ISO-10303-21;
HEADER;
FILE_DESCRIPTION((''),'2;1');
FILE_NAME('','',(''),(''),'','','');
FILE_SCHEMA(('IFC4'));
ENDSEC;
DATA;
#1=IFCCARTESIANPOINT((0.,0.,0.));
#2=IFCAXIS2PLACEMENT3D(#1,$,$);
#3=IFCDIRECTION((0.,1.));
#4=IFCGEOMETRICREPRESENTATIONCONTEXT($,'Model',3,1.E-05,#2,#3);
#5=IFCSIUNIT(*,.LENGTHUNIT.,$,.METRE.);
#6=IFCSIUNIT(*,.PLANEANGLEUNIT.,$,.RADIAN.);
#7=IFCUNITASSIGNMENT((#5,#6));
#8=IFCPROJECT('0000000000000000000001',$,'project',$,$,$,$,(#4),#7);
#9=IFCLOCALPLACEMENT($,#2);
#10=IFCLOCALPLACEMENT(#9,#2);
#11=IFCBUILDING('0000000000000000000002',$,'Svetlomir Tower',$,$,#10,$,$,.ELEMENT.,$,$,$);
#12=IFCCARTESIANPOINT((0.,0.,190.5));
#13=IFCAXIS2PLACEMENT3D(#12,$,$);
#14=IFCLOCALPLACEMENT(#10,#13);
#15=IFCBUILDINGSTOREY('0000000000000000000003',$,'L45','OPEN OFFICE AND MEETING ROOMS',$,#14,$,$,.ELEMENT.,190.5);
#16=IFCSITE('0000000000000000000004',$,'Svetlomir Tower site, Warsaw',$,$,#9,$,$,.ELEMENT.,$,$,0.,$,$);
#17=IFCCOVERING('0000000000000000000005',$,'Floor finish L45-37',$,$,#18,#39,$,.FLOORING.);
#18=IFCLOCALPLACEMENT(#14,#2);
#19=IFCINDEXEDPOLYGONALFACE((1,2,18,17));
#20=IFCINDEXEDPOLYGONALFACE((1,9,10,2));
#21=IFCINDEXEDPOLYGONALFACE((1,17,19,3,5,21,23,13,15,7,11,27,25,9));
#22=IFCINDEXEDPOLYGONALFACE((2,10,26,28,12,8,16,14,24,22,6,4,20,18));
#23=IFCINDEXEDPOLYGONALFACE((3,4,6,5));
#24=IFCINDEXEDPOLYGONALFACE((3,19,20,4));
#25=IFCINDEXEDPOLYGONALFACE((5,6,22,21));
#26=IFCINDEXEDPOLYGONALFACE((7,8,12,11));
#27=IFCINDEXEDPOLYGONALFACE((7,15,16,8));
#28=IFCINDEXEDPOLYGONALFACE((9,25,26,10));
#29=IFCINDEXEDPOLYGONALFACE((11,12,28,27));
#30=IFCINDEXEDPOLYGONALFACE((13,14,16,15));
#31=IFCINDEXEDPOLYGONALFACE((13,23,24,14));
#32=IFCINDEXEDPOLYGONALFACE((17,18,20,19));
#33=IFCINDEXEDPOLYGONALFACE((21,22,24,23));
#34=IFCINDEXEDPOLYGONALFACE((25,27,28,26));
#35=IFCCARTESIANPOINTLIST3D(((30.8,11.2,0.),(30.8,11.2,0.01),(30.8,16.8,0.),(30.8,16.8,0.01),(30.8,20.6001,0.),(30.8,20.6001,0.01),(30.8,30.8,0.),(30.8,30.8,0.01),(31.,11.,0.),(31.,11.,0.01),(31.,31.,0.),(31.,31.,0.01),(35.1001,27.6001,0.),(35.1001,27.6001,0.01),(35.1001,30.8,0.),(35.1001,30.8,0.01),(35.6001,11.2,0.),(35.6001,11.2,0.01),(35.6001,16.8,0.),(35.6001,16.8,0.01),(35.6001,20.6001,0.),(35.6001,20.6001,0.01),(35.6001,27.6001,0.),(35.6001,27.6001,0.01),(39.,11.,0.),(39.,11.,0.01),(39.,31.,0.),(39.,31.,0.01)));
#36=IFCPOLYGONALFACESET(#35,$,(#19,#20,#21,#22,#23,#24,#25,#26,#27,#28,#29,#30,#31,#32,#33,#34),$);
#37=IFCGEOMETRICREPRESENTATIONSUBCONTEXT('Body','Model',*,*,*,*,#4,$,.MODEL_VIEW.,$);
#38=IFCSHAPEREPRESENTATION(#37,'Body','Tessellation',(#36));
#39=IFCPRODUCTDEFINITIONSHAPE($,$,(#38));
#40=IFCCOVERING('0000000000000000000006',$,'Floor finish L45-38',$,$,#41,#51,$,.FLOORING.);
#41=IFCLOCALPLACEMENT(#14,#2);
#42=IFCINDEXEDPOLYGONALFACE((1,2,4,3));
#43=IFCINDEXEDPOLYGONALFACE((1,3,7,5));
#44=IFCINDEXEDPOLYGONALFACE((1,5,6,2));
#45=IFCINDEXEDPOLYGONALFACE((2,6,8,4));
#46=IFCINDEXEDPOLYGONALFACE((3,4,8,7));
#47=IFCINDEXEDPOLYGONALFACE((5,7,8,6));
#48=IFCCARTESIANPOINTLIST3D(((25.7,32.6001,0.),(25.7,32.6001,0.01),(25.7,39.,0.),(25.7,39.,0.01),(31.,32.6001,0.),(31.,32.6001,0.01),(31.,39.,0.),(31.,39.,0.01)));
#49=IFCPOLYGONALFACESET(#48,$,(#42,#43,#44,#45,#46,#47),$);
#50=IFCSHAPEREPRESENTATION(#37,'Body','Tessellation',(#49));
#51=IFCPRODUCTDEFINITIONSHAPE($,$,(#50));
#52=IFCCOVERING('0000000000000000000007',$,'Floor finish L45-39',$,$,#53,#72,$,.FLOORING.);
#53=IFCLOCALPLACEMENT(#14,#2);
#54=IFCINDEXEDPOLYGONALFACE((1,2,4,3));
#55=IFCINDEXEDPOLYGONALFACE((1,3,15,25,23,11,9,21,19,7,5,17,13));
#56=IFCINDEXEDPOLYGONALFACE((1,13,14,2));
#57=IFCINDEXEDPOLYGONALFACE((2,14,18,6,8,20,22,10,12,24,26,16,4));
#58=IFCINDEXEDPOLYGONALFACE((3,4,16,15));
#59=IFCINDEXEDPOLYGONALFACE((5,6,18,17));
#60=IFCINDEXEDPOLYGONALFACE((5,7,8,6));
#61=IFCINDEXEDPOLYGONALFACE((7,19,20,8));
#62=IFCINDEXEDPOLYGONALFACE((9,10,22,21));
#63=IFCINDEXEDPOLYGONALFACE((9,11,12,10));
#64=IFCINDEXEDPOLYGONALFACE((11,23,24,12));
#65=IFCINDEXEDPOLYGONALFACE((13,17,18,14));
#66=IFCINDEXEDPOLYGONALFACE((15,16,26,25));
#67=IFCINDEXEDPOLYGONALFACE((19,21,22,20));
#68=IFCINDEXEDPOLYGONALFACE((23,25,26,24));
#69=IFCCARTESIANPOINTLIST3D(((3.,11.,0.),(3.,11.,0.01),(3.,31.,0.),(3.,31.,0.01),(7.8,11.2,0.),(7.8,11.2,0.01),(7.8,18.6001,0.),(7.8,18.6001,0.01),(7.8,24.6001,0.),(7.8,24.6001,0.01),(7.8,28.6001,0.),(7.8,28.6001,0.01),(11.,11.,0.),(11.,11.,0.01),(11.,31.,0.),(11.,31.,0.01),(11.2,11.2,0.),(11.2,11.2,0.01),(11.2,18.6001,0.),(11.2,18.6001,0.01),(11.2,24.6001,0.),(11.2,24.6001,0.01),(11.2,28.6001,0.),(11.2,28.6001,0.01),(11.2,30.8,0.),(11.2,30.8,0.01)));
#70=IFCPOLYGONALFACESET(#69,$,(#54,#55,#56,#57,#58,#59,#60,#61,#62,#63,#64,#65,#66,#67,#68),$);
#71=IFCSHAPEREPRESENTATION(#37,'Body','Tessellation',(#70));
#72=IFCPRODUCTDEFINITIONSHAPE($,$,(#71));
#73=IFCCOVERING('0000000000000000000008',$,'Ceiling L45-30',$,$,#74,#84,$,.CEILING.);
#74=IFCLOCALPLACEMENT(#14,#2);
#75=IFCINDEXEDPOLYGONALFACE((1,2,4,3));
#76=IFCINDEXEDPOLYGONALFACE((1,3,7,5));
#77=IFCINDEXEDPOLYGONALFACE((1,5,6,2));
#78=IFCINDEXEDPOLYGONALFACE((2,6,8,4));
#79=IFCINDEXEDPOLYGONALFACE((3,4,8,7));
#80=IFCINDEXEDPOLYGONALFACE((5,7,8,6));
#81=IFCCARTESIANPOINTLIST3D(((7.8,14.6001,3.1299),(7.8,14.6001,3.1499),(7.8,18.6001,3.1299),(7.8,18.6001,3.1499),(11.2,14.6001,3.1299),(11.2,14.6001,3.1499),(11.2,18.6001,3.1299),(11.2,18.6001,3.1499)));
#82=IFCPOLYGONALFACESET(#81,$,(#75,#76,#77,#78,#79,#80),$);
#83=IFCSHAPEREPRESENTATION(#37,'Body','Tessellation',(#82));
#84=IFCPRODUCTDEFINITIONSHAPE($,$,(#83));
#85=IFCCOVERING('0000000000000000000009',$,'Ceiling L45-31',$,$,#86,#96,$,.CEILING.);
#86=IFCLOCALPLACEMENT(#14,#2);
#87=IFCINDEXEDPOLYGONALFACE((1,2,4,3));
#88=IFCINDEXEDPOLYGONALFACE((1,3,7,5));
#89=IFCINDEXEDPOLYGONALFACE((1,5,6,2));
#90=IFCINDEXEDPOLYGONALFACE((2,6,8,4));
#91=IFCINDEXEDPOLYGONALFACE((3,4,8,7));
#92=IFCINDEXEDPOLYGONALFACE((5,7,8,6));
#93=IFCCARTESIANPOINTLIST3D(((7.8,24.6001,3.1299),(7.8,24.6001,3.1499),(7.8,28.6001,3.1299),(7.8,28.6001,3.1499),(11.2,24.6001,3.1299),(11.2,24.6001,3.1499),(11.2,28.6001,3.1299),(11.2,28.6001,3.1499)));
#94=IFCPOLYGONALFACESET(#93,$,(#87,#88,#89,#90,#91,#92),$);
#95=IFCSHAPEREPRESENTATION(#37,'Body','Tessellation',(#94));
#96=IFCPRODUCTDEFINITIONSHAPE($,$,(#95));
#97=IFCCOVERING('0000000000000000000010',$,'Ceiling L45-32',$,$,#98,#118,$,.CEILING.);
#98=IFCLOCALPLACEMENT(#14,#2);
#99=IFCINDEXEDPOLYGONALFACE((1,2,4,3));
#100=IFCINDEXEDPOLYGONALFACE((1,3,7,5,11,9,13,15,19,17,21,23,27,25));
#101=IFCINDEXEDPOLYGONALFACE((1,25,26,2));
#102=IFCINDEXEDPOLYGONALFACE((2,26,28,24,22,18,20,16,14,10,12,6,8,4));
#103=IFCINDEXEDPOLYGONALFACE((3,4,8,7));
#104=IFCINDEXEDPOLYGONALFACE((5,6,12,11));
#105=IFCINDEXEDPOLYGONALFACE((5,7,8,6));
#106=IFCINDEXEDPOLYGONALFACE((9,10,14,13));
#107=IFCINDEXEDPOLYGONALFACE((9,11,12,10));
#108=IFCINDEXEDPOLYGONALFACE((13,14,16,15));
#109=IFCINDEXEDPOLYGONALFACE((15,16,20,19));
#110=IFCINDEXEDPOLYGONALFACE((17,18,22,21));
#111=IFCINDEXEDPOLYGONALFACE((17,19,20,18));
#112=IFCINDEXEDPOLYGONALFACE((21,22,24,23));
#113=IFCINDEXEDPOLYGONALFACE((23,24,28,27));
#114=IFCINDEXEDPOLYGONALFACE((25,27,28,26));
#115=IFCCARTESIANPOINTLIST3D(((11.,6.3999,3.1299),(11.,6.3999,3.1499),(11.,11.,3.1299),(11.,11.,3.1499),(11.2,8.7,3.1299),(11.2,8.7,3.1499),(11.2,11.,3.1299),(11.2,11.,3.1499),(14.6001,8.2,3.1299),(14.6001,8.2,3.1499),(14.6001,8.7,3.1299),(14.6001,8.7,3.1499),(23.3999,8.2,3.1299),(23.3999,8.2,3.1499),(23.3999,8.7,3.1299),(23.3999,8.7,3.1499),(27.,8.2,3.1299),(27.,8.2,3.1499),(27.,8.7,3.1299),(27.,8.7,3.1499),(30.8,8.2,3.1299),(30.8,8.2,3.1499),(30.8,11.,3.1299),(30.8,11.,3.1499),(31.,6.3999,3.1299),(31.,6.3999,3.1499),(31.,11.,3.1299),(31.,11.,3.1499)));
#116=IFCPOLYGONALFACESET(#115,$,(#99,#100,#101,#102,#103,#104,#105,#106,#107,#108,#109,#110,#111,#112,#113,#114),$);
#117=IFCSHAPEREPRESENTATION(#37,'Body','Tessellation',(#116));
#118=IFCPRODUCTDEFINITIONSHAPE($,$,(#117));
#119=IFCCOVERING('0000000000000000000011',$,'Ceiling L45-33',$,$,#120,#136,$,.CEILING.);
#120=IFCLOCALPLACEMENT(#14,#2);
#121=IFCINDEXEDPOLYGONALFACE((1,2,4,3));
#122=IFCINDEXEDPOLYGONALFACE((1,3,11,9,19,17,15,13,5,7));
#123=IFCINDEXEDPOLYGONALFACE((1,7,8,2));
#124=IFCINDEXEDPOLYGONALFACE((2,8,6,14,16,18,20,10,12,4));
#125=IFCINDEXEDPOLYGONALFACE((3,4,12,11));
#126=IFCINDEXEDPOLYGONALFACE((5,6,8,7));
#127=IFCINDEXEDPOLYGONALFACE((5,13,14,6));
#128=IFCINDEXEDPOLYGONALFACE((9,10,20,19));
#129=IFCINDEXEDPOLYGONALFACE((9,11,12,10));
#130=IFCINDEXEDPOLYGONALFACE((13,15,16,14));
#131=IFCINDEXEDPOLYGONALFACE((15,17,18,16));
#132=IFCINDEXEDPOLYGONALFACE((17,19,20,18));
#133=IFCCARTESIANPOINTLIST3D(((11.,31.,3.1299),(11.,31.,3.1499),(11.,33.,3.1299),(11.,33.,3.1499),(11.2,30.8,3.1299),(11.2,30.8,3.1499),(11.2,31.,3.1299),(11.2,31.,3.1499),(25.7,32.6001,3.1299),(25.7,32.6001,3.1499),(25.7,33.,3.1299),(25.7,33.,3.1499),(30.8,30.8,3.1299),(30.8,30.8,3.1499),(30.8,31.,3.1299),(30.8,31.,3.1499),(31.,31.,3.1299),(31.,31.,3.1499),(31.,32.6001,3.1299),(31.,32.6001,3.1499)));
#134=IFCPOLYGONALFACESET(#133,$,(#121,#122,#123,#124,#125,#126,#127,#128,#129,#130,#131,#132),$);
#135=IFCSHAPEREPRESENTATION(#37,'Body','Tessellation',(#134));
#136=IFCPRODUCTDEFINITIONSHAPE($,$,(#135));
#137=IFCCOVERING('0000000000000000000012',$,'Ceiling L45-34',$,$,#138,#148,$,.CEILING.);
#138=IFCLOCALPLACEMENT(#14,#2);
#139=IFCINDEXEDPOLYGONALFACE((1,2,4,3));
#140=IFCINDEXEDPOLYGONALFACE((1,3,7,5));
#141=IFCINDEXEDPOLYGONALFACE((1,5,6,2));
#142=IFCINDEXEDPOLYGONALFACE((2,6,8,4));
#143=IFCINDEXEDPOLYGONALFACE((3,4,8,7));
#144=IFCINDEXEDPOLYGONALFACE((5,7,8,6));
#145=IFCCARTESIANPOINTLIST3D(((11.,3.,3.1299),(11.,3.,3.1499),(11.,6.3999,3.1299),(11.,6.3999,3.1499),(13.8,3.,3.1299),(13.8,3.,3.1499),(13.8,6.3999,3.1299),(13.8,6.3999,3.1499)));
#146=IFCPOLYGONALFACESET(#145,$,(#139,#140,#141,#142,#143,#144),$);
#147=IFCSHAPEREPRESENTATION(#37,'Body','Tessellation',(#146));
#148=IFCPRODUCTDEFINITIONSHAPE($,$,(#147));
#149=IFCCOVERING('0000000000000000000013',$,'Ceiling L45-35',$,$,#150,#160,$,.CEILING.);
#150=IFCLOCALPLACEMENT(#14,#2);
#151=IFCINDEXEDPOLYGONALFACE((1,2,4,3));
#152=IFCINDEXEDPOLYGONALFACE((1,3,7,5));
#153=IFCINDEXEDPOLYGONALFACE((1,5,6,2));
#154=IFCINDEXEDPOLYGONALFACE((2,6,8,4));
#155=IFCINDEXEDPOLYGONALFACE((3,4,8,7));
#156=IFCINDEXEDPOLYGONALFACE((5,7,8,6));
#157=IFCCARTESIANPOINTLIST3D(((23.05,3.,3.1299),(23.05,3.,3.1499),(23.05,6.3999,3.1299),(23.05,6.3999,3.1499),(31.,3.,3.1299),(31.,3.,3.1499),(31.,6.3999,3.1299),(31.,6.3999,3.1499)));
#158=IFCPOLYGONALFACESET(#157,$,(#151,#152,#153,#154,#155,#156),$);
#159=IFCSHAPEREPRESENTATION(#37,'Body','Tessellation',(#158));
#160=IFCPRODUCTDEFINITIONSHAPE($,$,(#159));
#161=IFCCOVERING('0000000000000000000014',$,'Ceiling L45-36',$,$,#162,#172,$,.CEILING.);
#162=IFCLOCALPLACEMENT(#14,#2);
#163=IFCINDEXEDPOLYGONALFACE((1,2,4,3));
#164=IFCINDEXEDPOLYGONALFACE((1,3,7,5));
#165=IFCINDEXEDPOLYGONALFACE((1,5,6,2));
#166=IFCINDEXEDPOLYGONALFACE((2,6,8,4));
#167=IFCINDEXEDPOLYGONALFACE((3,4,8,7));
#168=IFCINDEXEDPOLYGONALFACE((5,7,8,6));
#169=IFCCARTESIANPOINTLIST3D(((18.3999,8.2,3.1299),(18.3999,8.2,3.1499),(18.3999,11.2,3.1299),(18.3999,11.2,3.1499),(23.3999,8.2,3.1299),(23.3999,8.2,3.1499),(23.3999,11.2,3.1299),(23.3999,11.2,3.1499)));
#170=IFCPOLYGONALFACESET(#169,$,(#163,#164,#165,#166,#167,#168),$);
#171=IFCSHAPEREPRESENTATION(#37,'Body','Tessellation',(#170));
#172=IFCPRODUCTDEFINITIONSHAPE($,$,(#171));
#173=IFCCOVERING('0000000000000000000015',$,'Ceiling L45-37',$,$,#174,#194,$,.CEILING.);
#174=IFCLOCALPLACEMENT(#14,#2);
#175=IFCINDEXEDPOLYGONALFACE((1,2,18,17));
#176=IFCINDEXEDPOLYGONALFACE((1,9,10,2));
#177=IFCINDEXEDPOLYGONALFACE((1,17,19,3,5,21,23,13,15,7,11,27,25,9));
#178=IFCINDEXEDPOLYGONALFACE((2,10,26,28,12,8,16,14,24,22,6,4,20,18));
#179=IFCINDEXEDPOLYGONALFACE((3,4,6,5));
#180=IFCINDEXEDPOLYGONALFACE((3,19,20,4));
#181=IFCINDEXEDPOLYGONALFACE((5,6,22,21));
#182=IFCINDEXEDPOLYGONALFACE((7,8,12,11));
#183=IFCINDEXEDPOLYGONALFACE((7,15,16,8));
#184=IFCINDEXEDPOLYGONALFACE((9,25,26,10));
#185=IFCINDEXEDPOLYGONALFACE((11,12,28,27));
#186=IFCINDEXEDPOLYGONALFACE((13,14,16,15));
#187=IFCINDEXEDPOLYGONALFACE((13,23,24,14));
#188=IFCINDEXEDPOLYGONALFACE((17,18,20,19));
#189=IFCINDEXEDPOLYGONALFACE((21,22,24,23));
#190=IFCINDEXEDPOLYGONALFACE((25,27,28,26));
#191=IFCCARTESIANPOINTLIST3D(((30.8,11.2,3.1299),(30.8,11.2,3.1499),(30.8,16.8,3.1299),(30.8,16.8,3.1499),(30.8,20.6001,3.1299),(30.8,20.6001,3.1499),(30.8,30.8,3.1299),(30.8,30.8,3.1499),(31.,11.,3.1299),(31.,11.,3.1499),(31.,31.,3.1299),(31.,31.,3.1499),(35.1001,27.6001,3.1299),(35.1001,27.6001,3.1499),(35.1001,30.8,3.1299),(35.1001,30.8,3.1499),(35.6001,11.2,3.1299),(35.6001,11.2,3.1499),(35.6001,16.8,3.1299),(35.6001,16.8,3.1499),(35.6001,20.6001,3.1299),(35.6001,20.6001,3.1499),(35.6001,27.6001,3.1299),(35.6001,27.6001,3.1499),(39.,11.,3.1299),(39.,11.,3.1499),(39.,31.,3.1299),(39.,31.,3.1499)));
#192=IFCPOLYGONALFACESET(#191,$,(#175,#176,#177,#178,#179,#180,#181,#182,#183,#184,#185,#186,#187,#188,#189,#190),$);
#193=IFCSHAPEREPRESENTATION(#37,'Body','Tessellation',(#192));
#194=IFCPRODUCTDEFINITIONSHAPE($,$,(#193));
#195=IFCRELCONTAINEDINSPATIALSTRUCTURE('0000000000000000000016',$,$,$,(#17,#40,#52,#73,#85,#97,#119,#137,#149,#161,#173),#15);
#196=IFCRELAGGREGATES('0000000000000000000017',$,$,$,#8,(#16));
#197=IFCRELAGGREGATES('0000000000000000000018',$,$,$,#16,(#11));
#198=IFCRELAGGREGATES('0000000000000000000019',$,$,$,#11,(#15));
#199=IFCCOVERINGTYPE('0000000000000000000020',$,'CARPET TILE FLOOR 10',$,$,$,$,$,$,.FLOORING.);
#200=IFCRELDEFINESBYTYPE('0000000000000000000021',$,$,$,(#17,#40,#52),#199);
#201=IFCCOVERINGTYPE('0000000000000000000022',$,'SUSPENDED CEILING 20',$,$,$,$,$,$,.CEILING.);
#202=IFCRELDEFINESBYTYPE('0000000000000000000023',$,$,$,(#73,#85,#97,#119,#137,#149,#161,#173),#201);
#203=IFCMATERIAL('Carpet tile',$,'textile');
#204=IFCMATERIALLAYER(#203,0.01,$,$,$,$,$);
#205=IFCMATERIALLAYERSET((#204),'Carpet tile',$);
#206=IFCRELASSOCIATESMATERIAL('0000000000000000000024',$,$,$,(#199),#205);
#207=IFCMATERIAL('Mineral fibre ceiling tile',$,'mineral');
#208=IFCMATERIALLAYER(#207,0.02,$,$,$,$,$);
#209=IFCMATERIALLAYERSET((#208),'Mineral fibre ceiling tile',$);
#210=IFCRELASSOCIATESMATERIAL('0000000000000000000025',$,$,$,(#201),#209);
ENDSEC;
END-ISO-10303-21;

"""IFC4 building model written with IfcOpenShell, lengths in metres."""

from ifc_helpers import new_model, si_unit, direction, frame, origin, place, context, subcontext, project, spatial, polyline, outline, extrude, material, layer, layer_set, type_object, element, save


model = new_model("IFC4")

# Units and contexts
model_context = context("Model", 3, precision=1e-05, world=origin(), true_north=direction((0.0, 1.0)))
body_context = subcontext(model_context, "Body", "Model", "MODEL_VIEW")
ifc_project = project(units=[si_unit("LENGTHUNIT", "METRE"), si_unit("PLANEANGLEUNIT", "RADIAN")], contexts=[model_context])

# Site, building, storey
site_placement = place(None, origin())
site = spatial("IfcSite", under=ifc_project, at=site_placement, Name="Svetlomir Tower site, Warsaw", CompositionType="ELEMENT", RefElevation=0.0)
building_placement = place(site_placement, origin())
building = spatial("IfcBuilding", under=site, at=building_placement, Name="Svetlomir Tower", CompositionType="ELEMENT")
storey_placement = place(building_placement, frame((0.0, 0.0, 190.5)))
storey = spatial("IfcBuildingStorey", under=building, at=storey_placement, Name="L45", Description="OPEN OFFICE AND MEETING ROOMS", CompositionType="ELEMENT", Elevation=190.5)

# Coverings
ifc_material_1 = material(Name="Carpet tile", Category="textile")
ifc_layer_1 = layer(ifc_material_1, 0.01)
ifc_layer_set_1 = layer_set([ifc_layer_1], Name="Carpet tile")
covering_type_1 = type_object("IfcCoveringType", Name="CARPET TILE FLOOR 10", PredefinedType="FLOORING", material=ifc_layer_set_1)
covering_1_placement = place(storey_placement, origin())
element("IfcCovering", 1, at=covering_1_placement, inside=storey, type_object=covering_type_1, Name="Floor finish L45-37", PredefinedType="FLOORING", context=body_context, shape_type="SweptSolid", body=[
    extrude(outline(polyline([(30.8, 30.8), (31.0, 31.0), (39.0, 31.0), (39.0, 11.0), (31.0, 11.0), (30.8, 11.2), (35.6001, 11.2), (35.6001, 16.8), (30.8, 16.8), (30.8, 20.6001), (35.6001, 20.6001), (35.6001, 27.6001), (35.1001, 27.6001), (35.1001, 30.8), (30.8, 30.8)])), origin(), (0.0, 0.0, 1.0), 0.01),
])
covering_2_placement = place(storey_placement, origin())
element("IfcCovering", 2, at=covering_2_placement, inside=storey, type_object=covering_type_1, Name="Floor finish L45-38", PredefinedType="FLOORING", context=body_context, shape_type="SweptSolid", body=[
    extrude(outline(polyline([(31.0, 39.0), (31.0, 32.6001), (25.7, 32.6001), (25.7, 39.0), (31.0, 39.0)])), origin(), (0.0, 0.0, 1.0), 0.01),
])
covering_3_placement = place(storey_placement, origin())
element("IfcCovering", 3, at=covering_3_placement, inside=storey, type_object=covering_type_1, Name="Floor finish L45-39", PredefinedType="FLOORING", context=body_context, shape_type="SweptSolid", body=[
    extrude(outline(polyline([(3.0, 31.0), (11.0, 31.0), (11.2, 30.8), (11.2, 28.6001), (7.8, 28.6001), (7.8, 24.6001), (11.2, 24.6001), (11.2, 18.6001), (7.8, 18.6001), (7.8, 11.2), (11.2, 11.2), (11.0, 11.0), (3.0, 11.0), (3.0, 31.0)])), origin(), (0.0, 0.0, 1.0), 0.01),
])
ifc_material_2 = material(Name="Mineral fibre ceiling tile", Category="mineral")
ifc_layer_2 = layer(ifc_material_2, 0.02)
ifc_layer_set_2 = layer_set([ifc_layer_2], Name="Mineral fibre ceiling tile")
covering_type_2 = type_object("IfcCoveringType", Name="SUSPENDED CEILING 20", PredefinedType="CEILING", material=ifc_layer_set_2)
covering_4_placement = place(storey_placement, frame((0.0, 0.0, 3.1299)))
element("IfcCovering", 4, at=covering_4_placement, inside=storey, type_object=covering_type_2, Name="Ceiling L45-30", PredefinedType="CEILING", context=body_context, shape_type="SweptSolid", body=[
    extrude(outline(polyline([(7.8, 14.6001), (11.2, 14.6001), (11.2, 18.6001), (7.8, 18.6001), (7.8, 14.6001)])), origin(), (0.0, 0.0, 1.0), 0.02),
])
covering_5_placement = place(storey_placement, frame((0.0, 0.0, 3.1299)))
element("IfcCovering", 5, at=covering_5_placement, inside=storey, type_object=covering_type_2, Name="Ceiling L45-31", PredefinedType="CEILING", context=body_context, shape_type="SweptSolid", body=[
    extrude(outline(polyline([(7.8, 24.6001), (11.2, 24.6001), (11.2, 28.6001), (7.8, 28.6001), (7.8, 24.6001)])), origin(), (0.0, 0.0, 1.0), 0.02),
])
covering_6_placement = place(storey_placement, frame((0.0, 0.0, 3.1299)))
element("IfcCovering", 6, at=covering_6_placement, inside=storey, type_object=covering_type_2, Name="Ceiling L45-32", PredefinedType="CEILING", context=body_context, shape_type="SweptSolid", body=[
    extrude(outline(polyline([(31.0, 6.3999), (11.0, 6.3999), (11.0, 11.0), (11.2, 11.0), (11.2, 8.7), (14.6001, 8.7), (14.6001, 8.2), (23.3999, 8.2), (23.3999, 8.7), (27.0, 8.7), (27.0, 8.2), (30.8, 8.2), (30.8, 11.0), (31.0, 11.0), (31.0, 6.3999)])), origin(), (0.0, 0.0, 1.0), 0.02),
])
covering_7_placement = place(storey_placement, frame((0.0, 0.0, 3.1299)))
element("IfcCovering", 7, at=covering_7_placement, inside=storey, type_object=covering_type_2, Name="Ceiling L45-33", PredefinedType="CEILING", context=body_context, shape_type="SweptSolid", body=[
    extrude(outline(polyline([(11.2, 30.8), (11.2, 31.0), (11.0, 31.0), (11.0, 33.0), (25.7, 33.0), (25.7, 32.6001), (31.0, 32.6001), (31.0, 31.0), (30.8, 31.0), (30.8, 30.8), (11.2, 30.8)])), origin(), (0.0, 0.0, 1.0), 0.02),
])
covering_8_placement = place(storey_placement, frame((0.0, 0.0, 3.1299)))
element("IfcCovering", 8, at=covering_8_placement, inside=storey, type_object=covering_type_2, Name="Ceiling L45-34", PredefinedType="CEILING", context=body_context, shape_type="SweptSolid", body=[
    extrude(outline(polyline([(13.8, 6.3999), (13.8, 3.0), (11.0, 3.0), (11.0, 6.3999), (13.8, 6.3999)])), origin(), (0.0, 0.0, 1.0), 0.02),
])
covering_9_placement = place(storey_placement, frame((0.0, 0.0, 3.1299)))
element("IfcCovering", 9, at=covering_9_placement, inside=storey, type_object=covering_type_2, Name="Ceiling L45-35", PredefinedType="CEILING", context=body_context, shape_type="SweptSolid", body=[
    extrude(outline(polyline([(23.05, 3.0), (23.05, 6.3999), (31.0, 6.3999), (31.0, 3.0), (23.05, 3.0)])), origin(), (0.0, 0.0, 1.0), 0.02),
])
covering_10_placement = place(storey_placement, frame((0.0, 0.0, 3.1299)))
element("IfcCovering", 10, at=covering_10_placement, inside=storey, type_object=covering_type_2, Name="Ceiling L45-36", PredefinedType="CEILING", context=body_context, shape_type="SweptSolid", body=[
    extrude(outline(polyline([(23.3999, 11.2), (23.3999, 8.2), (18.3999, 8.2), (18.3999, 11.2), (23.3999, 11.2)])), origin(), (0.0, 0.0, 1.0), 0.02),
])
covering_11_placement = place(storey_placement, frame((0.0, 0.0, 3.1299)))
element("IfcCovering", 11, at=covering_11_placement, inside=storey, type_object=covering_type_2, Name="Ceiling L45-37", PredefinedType="CEILING", context=body_context, shape_type="SweptSolid", body=[
    extrude(outline(polyline([(30.8, 30.8), (31.0, 31.0), (39.0, 31.0), (39.0, 11.0), (31.0, 11.0), (30.8, 11.2), (35.6001, 11.2), (35.6001, 16.8), (30.8, 16.8), (30.8, 20.6001), (35.6001, 20.6001), (35.6001, 27.6001), (35.1001, 27.6001), (35.1001, 30.8), (30.8, 30.8)])), origin(), (0.0, 0.0, 1.0), 0.02),
])

save(model, "model.ifc")
